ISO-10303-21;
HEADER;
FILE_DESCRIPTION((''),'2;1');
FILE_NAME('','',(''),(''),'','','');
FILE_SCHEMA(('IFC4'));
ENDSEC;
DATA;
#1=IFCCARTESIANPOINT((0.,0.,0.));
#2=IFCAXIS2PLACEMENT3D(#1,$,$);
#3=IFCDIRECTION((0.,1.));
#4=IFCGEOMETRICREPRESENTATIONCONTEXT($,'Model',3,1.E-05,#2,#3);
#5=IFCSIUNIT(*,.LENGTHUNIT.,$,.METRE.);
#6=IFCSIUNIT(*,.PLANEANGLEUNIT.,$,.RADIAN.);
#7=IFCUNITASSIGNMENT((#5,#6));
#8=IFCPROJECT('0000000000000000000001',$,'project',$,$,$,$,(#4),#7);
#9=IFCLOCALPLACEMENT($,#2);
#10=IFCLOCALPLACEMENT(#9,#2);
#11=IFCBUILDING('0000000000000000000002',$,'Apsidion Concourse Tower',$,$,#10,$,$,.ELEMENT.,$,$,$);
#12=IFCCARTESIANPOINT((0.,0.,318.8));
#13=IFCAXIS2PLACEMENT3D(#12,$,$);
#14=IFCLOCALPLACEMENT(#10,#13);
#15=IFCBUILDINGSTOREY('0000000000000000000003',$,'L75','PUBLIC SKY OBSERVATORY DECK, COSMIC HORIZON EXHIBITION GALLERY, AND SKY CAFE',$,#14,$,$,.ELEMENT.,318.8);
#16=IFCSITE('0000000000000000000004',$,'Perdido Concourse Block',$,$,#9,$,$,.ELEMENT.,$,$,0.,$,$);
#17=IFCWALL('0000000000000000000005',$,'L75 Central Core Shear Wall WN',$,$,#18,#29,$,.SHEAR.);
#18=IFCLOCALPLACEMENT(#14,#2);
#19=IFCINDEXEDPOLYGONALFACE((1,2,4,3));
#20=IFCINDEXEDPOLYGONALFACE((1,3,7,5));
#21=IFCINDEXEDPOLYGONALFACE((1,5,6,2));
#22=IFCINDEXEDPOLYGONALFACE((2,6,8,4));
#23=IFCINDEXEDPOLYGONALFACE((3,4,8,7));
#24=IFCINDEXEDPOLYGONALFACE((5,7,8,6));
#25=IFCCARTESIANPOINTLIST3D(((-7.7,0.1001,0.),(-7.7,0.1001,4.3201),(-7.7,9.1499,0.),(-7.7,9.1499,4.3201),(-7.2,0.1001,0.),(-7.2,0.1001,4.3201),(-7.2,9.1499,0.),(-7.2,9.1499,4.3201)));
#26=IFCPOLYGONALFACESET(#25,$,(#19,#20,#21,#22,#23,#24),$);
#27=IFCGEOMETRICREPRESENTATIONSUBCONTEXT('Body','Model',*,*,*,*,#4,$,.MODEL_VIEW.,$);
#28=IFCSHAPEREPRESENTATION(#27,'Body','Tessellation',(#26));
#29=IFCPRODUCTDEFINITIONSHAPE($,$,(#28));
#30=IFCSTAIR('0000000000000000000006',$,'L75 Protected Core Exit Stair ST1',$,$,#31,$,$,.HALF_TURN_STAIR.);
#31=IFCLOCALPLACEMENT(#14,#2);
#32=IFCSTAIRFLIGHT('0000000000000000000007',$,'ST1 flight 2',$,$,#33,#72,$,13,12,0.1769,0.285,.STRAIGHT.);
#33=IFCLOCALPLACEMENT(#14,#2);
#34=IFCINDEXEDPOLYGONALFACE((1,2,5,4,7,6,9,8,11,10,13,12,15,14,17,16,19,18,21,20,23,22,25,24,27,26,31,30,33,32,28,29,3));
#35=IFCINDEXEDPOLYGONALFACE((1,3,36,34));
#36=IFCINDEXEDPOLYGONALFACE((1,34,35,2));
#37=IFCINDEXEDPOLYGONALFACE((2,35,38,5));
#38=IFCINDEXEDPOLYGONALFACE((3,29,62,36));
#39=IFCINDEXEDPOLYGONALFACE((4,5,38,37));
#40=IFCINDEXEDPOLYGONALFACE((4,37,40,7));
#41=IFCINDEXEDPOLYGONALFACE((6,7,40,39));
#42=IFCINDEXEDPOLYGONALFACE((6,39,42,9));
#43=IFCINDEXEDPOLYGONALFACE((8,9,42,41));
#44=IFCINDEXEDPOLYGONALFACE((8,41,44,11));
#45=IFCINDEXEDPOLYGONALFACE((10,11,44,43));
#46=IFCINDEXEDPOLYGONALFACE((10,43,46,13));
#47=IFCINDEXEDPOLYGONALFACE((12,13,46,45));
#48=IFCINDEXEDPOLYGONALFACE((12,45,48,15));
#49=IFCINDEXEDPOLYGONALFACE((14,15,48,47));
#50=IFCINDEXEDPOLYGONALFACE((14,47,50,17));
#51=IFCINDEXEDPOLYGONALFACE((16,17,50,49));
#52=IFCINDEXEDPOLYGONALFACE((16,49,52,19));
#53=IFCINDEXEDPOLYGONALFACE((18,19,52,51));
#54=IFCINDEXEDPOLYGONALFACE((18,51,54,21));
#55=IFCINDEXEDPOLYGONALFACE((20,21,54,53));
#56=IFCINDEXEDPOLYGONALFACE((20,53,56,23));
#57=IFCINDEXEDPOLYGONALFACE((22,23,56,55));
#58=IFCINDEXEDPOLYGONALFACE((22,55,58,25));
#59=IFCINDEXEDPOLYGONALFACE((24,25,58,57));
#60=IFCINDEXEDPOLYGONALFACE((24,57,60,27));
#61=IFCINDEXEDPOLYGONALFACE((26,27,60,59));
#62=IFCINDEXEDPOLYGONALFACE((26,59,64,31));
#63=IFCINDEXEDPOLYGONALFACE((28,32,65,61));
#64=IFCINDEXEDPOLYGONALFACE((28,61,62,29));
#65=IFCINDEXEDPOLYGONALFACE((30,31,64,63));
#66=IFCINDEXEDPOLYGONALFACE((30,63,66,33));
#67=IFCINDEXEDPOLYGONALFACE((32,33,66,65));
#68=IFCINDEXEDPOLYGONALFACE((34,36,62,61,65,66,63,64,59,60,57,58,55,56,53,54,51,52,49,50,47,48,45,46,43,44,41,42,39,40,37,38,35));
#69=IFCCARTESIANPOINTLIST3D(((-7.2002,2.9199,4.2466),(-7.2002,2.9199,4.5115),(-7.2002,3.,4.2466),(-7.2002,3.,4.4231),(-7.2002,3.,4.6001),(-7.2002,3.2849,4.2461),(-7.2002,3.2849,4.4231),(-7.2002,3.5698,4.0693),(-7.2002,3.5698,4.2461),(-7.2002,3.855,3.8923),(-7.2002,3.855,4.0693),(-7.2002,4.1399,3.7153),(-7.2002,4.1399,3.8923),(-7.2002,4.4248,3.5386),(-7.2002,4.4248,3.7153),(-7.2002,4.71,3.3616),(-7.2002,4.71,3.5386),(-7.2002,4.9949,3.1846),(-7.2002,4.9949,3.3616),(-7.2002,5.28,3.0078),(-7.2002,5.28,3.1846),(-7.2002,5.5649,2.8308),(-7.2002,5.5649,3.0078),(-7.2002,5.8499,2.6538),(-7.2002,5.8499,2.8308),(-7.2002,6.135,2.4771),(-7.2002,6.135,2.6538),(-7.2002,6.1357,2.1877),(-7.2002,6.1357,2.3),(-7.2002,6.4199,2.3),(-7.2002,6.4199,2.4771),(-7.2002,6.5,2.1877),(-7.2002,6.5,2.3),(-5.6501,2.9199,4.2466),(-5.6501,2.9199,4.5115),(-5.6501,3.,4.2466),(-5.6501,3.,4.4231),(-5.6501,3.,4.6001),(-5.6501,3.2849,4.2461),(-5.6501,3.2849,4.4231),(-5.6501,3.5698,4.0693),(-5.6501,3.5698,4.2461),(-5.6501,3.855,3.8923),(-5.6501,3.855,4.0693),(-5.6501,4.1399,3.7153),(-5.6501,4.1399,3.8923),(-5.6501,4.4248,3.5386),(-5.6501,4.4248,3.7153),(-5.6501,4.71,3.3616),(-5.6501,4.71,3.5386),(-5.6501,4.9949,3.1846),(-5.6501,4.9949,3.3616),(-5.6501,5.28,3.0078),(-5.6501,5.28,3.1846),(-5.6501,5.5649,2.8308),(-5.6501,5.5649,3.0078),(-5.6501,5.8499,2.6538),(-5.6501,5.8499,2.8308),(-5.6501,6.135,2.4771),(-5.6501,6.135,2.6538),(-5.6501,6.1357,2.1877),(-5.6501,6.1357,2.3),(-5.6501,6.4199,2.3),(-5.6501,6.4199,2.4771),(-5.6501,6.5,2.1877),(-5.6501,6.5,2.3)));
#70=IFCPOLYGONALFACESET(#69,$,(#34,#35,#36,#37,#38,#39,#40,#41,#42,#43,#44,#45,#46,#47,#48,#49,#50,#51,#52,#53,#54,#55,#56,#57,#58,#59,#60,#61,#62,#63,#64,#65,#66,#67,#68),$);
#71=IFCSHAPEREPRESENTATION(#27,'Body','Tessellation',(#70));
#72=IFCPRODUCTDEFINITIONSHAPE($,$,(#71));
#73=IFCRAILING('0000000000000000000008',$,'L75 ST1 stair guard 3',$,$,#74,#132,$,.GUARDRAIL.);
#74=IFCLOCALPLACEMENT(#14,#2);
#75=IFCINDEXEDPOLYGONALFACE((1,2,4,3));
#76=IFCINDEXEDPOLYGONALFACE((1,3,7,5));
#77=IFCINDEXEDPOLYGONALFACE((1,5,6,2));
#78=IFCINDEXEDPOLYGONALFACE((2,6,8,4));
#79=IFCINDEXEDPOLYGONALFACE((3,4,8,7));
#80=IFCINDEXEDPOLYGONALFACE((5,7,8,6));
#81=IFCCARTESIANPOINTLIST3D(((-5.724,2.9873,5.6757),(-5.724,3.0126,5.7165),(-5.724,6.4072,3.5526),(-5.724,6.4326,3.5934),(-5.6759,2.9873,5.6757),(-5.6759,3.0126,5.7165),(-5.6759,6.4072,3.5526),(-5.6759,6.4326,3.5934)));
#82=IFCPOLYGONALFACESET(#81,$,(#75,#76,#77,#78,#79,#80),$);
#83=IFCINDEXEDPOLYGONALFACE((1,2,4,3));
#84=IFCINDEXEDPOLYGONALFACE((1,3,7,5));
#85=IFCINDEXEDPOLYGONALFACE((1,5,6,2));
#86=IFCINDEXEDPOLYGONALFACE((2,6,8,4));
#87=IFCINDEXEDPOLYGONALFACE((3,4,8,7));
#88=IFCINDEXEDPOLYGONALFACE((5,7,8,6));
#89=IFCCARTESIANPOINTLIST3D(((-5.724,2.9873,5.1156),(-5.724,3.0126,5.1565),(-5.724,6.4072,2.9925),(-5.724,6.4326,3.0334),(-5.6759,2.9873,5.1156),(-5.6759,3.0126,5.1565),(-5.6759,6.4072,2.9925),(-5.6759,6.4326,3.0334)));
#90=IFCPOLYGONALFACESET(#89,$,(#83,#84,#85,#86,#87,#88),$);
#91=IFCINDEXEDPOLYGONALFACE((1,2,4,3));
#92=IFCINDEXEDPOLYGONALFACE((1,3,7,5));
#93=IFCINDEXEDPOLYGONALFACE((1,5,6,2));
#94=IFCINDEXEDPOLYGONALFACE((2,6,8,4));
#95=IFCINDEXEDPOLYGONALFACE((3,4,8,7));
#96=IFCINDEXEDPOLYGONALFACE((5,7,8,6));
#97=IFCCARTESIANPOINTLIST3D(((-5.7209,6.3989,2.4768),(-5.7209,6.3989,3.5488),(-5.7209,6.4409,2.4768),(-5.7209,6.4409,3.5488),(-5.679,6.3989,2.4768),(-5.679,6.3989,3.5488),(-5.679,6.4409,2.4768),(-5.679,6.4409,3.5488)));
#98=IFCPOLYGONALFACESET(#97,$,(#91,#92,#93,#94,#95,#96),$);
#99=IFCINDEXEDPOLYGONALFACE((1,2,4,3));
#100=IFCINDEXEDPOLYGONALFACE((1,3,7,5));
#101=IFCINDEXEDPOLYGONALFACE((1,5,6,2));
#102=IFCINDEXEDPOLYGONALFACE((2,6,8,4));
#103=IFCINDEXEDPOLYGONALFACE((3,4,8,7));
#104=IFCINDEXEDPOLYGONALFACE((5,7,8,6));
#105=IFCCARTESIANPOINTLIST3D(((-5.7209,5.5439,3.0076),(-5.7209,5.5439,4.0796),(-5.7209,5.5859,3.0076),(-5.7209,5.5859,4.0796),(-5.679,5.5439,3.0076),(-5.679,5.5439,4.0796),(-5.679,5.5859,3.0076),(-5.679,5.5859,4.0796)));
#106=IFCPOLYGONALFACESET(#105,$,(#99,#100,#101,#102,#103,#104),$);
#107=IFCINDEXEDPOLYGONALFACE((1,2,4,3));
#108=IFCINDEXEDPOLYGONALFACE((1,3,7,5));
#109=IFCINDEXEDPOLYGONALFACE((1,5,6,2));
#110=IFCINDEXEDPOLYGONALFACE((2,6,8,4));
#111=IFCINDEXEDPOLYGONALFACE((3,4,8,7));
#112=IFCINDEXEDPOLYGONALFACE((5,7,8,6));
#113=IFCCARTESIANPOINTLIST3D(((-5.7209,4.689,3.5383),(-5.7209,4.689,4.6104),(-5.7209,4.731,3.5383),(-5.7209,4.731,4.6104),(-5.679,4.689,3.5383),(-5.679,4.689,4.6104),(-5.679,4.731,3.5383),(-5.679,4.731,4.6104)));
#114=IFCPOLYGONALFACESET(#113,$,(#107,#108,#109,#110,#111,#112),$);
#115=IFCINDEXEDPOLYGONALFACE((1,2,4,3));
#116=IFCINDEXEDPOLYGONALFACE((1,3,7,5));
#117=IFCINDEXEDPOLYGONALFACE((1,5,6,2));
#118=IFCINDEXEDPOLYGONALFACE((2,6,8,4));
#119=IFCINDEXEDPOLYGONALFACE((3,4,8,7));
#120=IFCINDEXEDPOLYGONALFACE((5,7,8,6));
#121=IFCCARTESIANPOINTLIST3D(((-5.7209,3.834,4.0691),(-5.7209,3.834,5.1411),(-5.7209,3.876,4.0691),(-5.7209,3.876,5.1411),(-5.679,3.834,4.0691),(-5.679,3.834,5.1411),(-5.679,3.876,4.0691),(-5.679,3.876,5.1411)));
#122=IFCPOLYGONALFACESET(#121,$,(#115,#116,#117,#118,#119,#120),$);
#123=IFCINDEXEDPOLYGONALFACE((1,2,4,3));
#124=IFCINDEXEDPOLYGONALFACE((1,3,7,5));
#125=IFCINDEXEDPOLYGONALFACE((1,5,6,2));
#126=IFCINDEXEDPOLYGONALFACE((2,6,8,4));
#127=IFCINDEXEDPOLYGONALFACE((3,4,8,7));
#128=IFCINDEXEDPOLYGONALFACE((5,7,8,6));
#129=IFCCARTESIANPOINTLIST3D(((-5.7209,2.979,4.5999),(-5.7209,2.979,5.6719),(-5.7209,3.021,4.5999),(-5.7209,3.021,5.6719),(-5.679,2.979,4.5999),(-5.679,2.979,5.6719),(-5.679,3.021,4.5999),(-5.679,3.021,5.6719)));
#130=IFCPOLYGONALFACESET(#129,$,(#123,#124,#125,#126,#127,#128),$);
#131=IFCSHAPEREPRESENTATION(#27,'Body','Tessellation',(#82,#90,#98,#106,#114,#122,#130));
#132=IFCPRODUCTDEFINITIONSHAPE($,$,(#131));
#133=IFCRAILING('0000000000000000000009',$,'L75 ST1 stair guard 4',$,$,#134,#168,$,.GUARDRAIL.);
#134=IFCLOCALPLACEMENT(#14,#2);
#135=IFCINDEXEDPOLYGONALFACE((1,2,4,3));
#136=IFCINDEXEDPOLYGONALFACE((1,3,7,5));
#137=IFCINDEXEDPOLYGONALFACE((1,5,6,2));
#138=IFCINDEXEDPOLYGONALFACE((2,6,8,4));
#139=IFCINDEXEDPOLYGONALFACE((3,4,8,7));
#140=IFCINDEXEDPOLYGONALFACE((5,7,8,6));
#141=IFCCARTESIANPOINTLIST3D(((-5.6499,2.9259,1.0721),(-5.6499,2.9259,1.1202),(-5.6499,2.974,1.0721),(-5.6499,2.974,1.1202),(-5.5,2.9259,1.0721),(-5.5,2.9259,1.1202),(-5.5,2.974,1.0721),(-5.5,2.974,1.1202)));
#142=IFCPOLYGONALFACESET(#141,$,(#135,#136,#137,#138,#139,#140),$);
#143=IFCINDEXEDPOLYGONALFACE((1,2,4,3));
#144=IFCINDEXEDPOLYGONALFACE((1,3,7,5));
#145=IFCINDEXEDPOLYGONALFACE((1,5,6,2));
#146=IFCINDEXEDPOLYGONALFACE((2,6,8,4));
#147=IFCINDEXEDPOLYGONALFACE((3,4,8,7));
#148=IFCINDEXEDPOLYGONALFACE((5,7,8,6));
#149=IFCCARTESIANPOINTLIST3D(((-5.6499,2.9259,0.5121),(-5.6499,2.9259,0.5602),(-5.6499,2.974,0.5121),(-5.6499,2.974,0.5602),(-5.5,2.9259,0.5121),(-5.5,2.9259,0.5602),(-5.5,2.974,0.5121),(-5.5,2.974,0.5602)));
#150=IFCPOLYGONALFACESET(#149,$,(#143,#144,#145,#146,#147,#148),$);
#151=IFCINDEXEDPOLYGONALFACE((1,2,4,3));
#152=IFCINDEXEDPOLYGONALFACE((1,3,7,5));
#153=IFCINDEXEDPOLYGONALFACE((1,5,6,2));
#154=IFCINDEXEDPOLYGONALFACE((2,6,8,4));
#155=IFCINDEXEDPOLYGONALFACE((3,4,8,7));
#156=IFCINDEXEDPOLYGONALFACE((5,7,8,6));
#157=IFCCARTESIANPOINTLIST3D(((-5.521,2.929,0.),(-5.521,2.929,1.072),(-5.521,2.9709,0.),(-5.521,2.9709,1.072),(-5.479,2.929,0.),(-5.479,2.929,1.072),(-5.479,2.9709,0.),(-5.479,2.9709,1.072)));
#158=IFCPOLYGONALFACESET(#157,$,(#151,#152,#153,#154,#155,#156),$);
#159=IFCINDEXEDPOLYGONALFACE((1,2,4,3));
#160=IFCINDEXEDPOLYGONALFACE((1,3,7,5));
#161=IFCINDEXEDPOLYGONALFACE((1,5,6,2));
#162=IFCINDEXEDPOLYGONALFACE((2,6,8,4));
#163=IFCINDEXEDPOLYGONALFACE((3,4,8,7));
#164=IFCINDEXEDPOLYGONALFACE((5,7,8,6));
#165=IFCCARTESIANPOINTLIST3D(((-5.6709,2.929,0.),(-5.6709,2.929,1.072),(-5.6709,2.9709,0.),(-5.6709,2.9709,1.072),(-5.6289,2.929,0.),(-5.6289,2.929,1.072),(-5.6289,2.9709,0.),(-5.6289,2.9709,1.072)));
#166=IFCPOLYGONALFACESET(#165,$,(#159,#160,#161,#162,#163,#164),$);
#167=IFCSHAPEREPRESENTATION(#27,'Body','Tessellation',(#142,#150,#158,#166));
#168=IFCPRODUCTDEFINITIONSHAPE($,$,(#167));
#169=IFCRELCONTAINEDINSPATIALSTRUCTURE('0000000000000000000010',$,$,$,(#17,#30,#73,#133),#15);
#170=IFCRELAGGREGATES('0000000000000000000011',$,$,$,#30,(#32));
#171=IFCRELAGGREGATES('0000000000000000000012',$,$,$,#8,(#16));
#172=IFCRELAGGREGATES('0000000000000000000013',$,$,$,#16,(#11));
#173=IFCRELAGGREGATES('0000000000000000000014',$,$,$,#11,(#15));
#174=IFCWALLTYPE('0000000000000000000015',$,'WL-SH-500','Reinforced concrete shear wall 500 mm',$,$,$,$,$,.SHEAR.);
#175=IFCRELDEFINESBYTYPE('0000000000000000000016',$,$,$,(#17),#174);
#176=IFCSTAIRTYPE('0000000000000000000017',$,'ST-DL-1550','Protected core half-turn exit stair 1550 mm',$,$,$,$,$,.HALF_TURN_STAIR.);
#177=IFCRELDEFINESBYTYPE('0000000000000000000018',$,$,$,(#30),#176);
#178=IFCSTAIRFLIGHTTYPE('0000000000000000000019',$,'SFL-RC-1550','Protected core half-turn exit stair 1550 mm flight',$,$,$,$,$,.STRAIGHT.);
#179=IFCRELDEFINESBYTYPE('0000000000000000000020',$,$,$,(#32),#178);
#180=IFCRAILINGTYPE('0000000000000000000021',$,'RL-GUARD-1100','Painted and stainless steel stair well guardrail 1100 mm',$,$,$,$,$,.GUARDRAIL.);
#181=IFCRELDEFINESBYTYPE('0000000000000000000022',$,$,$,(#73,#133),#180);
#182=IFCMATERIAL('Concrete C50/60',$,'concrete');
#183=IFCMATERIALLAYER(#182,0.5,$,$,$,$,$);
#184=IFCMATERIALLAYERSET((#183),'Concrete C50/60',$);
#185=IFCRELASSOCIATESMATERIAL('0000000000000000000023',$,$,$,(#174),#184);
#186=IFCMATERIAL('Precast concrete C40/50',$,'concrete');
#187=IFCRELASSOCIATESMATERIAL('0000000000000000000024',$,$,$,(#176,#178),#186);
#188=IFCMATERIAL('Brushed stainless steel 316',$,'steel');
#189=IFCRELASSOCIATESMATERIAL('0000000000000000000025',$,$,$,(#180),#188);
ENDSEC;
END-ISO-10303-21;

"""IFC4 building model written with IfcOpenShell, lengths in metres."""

from ifc_helpers import new_model, si_unit, direction, frame, frame_2d, origin, origin_2d, place, context, subcontext, project, spatial, polyline, rectangle, outline, extrude, material, layer, layer_set, type_object, element, aggregate, save


model = new_model("IFC4")

# Units and contexts
model_context = context("Model", 3, precision=1e-05, world=origin(), true_north=direction((0.0, 1.0)))
body_context = subcontext(model_context, "Body", "Model", "MODEL_VIEW")
ifc_project = project(units=[si_unit("LENGTHUNIT", "METRE"), si_unit("PLANEANGLEUNIT", "RADIAN")], contexts=[model_context])

# Site, building, storey
site_placement = place(None, origin())
site = spatial("IfcSite", under=ifc_project, at=site_placement, Name="Perdido Concourse Block", CompositionType="ELEMENT", RefElevation=0.0)
building_placement = place(site_placement, origin())
building = spatial("IfcBuilding", under=site, at=building_placement, Name="Apsidion Concourse Tower", CompositionType="ELEMENT")
storey_placement = place(building_placement, frame((0.0, 0.0, 318.8)))
storey = spatial("IfcBuildingStorey", under=building, at=storey_placement, Name="L75", Description="PUBLIC SKY OBSERVATORY DECK, COSMIC HORIZON EXHIBITION GALLERY, AND SKY CAFE", CompositionType="ELEMENT", Elevation=318.8)

# Shared definitions
ifc_material_1 = material(Name="Concrete C50/60", Category="concrete")

# Shared definitions
ifc_material_2 = material(Name="Brushed stainless steel 316", Category="steel")

# Wall
ifc_layer_1 = layer(ifc_material_1, 0.5)
ifc_layer_set_1 = layer_set([ifc_layer_1], Name="Concrete C50/60")
wall_type_1 = type_object("IfcWallType", Name="WL-SH-500", Description="Reinforced concrete shear wall 500 mm", PredefinedType="SHEAR", material=ifc_layer_set_1)
wall_1_placement = place(storey_placement, frame((-7.45, 0.1001, 0.0), z_axis=(0.0, 0.0, 1.0), x_axis=(0.0, 1.0, 0.0)))
element("IfcWall", 1, at=wall_1_placement, inside=storey, type_object=wall_type_1, Name="L75 Central Core Shear Wall WN", PredefinedType="SHEAR", context=body_context, shape_type="SweptSolid", body=[
    extrude(rectangle(XDim=9.0498, YDim=0.5, at=frame_2d((4.5249, 0.0))), origin(), (0.0, 0.0, 1.0), 4.3201),
])

# Stair, stair flight
ifc_material_3 = material(Name="Precast concrete C40/50", Category="concrete")
stair_type = type_object("IfcStairType", Name="ST-DL-1550", Description="Protected core half-turn exit stair 1550 mm", PredefinedType="HALF_TURN_STAIR", material=ifc_material_3)
stair_placement = place(storey_placement, origin())
stair = element("IfcStair", 2, at=stair_placement, inside=storey, type_object=stair_type, Name="L75 Protected Core Exit Stair ST1", PredefinedType="HALF_TURN_STAIR")
stair_flight_type = type_object("IfcStairFlightType", Name="SFL-RC-1550", Description="Protected core half-turn exit stair 1550 mm flight", PredefinedType="STRAIGHT", material=ifc_material_3)
stair_flight_placement = place(storey_placement, frame((-6.425, 6.4199, 2.3), z_axis=(0.0, 0.0, 1.0), x_axis=(0.0, -1.0, 0.0)))
stair_flight = element("IfcStairFlight", 3, at=stair_flight_placement, type_object=stair_flight_type, Name="ST1 flight 2", NumberOfRisers=13, NumberOfTreads=12, PredefinedType="STRAIGHT", RiserHeight=0.1769, TreadLength=0.285, context=body_context, shape_type="SweptSolid", body=[
    extrude(outline(polyline([(-0.0801, -0.1123), (-0.0801, 0.0), (0.0, 0.0), (0.0, 0.177), (0.2849, 0.177), (0.2849, 0.3538), (0.5701, 0.3538), (0.5701, 0.5308), (0.855, 0.5308), (0.855, 0.7078), (1.1399, 0.7078), (1.1399, 0.8845), (1.425, 0.8845), (1.425, 1.0615), (1.71, 1.0615), (1.71, 1.2385), (1.9951, 1.2385), (1.9951, 1.4153), (2.28, 1.4153), (2.28, 1.5923), (2.5649, 1.5923), (2.5649, 1.7693), (2.8501, 1.7693), (2.8501, 1.946), (3.135, 1.946), (3.135, 2.123), (3.4199, 2.123), (3.4199, 2.3), (3.5, 2.2114), (3.5, 1.9465), (3.4199, 1.9465), (0.2842, 0.0), (0.2842, -0.1123), (-0.0801, -0.1123)])), frame((0.0, 0.7749, 0.0), z_axis=(0.0, -1.0, 0.0), x_axis=(1.0, 0.0, 0.0)), (0.0, 0.0, 1.0), 1.55),
])
aggregate(stair, [stair_flight])

# Railings
railing_type_1 = type_object("IfcRailingType", Name="RL-GUARD-1100", Description="Painted and stainless steel stair well guardrail 1100 mm", PredefinedType="GUARDRAIL", material=ifc_material_2)
railing_1_placement = place(storey_placement, frame((-5.7, 6.4199, 2.4768)))
element("IfcRailing", 4, at=railing_1_placement, inside=storey, type_object=railing_type_1, Name="L75 ST1 stair guard 3", PredefinedType="GUARDRAIL", context=body_context, shape_type="SweptSolid", body=[
    extrude(rectangle(XDim=0.0481, YDim=0.0481, at=origin_2d()), frame((0.0, 0.0, 1.0962), z_axis=(0.0, -0.849603, 0.527423), x_axis=(1.0, 0.0, 0.0)), (0.0, 0.0, 1.0), 4.0254),
    extrude(rectangle(XDim=0.0481, YDim=0.0481, at=origin_2d()), frame((0.0, 0.0, 0.5361), z_axis=(0.0, -0.849603, 0.527423), x_axis=(1.0, 0.0, 0.0)), (0.0, 0.0, 1.0), 4.0254),
    extrude(rectangle(XDim=0.042, YDim=0.042, at=origin_2d()), origin(), (0.0, 0.0, 1.0), 1.072),
    extrude(rectangle(XDim=0.042, YDim=0.042, at=origin_2d()), frame((0.0, -0.855, 0.5308)), (0.0, 0.0, 1.0), 1.072),
    extrude(rectangle(XDim=0.042, YDim=0.042, at=origin_2d()), frame((0.0, -1.71, 1.0615)), (0.0, 0.0, 1.0), 1.072),
    extrude(rectangle(XDim=0.042, YDim=0.042, at=origin_2d()), frame((0.0, -2.5649, 1.5923)), (0.0, 0.0, 1.0), 1.072),
    extrude(rectangle(XDim=0.042, YDim=0.042, at=origin_2d()), frame((0.0, -3.4199, 2.123)), (0.0, 0.0, 1.0), 1.072),
])
railing_2_placement = place(storey_placement, frame((-5.5, 2.95, 0.0)))
element("IfcRailing", 5, at=railing_2_placement, inside=storey, type_object=railing_type_1, Name="L75 ST1 stair guard 4", PredefinedType="GUARDRAIL", context=body_context, shape_type="SweptSolid", body=[
    extrude(rectangle(XDim=0.0481, YDim=0.0481, at=origin_2d()), frame((0.0, 0.0, 1.0962), z_axis=(-1.0, 0.0, 0.0), x_axis=(0.0, -1.0, 0.0)), (0.0, 0.0, 1.0), 0.1499),
    extrude(rectangle(XDim=0.0481, YDim=0.0481, at=origin_2d()), frame((0.0, 0.0, 0.5361), z_axis=(-1.0, 0.0, 0.0), x_axis=(0.0, -1.0, 0.0)), (0.0, 0.0, 1.0), 0.1499),
    extrude(rectangle(XDim=0.042, YDim=0.042, at=origin_2d()), origin(), (0.0, 0.0, 1.0), 1.072),
    extrude(rectangle(XDim=0.042, YDim=0.042, at=origin_2d()), frame((-0.1499, 0.0, 0.0)), (0.0, 0.0, 1.0), 1.072),
])

save(model, "model.ifc")
